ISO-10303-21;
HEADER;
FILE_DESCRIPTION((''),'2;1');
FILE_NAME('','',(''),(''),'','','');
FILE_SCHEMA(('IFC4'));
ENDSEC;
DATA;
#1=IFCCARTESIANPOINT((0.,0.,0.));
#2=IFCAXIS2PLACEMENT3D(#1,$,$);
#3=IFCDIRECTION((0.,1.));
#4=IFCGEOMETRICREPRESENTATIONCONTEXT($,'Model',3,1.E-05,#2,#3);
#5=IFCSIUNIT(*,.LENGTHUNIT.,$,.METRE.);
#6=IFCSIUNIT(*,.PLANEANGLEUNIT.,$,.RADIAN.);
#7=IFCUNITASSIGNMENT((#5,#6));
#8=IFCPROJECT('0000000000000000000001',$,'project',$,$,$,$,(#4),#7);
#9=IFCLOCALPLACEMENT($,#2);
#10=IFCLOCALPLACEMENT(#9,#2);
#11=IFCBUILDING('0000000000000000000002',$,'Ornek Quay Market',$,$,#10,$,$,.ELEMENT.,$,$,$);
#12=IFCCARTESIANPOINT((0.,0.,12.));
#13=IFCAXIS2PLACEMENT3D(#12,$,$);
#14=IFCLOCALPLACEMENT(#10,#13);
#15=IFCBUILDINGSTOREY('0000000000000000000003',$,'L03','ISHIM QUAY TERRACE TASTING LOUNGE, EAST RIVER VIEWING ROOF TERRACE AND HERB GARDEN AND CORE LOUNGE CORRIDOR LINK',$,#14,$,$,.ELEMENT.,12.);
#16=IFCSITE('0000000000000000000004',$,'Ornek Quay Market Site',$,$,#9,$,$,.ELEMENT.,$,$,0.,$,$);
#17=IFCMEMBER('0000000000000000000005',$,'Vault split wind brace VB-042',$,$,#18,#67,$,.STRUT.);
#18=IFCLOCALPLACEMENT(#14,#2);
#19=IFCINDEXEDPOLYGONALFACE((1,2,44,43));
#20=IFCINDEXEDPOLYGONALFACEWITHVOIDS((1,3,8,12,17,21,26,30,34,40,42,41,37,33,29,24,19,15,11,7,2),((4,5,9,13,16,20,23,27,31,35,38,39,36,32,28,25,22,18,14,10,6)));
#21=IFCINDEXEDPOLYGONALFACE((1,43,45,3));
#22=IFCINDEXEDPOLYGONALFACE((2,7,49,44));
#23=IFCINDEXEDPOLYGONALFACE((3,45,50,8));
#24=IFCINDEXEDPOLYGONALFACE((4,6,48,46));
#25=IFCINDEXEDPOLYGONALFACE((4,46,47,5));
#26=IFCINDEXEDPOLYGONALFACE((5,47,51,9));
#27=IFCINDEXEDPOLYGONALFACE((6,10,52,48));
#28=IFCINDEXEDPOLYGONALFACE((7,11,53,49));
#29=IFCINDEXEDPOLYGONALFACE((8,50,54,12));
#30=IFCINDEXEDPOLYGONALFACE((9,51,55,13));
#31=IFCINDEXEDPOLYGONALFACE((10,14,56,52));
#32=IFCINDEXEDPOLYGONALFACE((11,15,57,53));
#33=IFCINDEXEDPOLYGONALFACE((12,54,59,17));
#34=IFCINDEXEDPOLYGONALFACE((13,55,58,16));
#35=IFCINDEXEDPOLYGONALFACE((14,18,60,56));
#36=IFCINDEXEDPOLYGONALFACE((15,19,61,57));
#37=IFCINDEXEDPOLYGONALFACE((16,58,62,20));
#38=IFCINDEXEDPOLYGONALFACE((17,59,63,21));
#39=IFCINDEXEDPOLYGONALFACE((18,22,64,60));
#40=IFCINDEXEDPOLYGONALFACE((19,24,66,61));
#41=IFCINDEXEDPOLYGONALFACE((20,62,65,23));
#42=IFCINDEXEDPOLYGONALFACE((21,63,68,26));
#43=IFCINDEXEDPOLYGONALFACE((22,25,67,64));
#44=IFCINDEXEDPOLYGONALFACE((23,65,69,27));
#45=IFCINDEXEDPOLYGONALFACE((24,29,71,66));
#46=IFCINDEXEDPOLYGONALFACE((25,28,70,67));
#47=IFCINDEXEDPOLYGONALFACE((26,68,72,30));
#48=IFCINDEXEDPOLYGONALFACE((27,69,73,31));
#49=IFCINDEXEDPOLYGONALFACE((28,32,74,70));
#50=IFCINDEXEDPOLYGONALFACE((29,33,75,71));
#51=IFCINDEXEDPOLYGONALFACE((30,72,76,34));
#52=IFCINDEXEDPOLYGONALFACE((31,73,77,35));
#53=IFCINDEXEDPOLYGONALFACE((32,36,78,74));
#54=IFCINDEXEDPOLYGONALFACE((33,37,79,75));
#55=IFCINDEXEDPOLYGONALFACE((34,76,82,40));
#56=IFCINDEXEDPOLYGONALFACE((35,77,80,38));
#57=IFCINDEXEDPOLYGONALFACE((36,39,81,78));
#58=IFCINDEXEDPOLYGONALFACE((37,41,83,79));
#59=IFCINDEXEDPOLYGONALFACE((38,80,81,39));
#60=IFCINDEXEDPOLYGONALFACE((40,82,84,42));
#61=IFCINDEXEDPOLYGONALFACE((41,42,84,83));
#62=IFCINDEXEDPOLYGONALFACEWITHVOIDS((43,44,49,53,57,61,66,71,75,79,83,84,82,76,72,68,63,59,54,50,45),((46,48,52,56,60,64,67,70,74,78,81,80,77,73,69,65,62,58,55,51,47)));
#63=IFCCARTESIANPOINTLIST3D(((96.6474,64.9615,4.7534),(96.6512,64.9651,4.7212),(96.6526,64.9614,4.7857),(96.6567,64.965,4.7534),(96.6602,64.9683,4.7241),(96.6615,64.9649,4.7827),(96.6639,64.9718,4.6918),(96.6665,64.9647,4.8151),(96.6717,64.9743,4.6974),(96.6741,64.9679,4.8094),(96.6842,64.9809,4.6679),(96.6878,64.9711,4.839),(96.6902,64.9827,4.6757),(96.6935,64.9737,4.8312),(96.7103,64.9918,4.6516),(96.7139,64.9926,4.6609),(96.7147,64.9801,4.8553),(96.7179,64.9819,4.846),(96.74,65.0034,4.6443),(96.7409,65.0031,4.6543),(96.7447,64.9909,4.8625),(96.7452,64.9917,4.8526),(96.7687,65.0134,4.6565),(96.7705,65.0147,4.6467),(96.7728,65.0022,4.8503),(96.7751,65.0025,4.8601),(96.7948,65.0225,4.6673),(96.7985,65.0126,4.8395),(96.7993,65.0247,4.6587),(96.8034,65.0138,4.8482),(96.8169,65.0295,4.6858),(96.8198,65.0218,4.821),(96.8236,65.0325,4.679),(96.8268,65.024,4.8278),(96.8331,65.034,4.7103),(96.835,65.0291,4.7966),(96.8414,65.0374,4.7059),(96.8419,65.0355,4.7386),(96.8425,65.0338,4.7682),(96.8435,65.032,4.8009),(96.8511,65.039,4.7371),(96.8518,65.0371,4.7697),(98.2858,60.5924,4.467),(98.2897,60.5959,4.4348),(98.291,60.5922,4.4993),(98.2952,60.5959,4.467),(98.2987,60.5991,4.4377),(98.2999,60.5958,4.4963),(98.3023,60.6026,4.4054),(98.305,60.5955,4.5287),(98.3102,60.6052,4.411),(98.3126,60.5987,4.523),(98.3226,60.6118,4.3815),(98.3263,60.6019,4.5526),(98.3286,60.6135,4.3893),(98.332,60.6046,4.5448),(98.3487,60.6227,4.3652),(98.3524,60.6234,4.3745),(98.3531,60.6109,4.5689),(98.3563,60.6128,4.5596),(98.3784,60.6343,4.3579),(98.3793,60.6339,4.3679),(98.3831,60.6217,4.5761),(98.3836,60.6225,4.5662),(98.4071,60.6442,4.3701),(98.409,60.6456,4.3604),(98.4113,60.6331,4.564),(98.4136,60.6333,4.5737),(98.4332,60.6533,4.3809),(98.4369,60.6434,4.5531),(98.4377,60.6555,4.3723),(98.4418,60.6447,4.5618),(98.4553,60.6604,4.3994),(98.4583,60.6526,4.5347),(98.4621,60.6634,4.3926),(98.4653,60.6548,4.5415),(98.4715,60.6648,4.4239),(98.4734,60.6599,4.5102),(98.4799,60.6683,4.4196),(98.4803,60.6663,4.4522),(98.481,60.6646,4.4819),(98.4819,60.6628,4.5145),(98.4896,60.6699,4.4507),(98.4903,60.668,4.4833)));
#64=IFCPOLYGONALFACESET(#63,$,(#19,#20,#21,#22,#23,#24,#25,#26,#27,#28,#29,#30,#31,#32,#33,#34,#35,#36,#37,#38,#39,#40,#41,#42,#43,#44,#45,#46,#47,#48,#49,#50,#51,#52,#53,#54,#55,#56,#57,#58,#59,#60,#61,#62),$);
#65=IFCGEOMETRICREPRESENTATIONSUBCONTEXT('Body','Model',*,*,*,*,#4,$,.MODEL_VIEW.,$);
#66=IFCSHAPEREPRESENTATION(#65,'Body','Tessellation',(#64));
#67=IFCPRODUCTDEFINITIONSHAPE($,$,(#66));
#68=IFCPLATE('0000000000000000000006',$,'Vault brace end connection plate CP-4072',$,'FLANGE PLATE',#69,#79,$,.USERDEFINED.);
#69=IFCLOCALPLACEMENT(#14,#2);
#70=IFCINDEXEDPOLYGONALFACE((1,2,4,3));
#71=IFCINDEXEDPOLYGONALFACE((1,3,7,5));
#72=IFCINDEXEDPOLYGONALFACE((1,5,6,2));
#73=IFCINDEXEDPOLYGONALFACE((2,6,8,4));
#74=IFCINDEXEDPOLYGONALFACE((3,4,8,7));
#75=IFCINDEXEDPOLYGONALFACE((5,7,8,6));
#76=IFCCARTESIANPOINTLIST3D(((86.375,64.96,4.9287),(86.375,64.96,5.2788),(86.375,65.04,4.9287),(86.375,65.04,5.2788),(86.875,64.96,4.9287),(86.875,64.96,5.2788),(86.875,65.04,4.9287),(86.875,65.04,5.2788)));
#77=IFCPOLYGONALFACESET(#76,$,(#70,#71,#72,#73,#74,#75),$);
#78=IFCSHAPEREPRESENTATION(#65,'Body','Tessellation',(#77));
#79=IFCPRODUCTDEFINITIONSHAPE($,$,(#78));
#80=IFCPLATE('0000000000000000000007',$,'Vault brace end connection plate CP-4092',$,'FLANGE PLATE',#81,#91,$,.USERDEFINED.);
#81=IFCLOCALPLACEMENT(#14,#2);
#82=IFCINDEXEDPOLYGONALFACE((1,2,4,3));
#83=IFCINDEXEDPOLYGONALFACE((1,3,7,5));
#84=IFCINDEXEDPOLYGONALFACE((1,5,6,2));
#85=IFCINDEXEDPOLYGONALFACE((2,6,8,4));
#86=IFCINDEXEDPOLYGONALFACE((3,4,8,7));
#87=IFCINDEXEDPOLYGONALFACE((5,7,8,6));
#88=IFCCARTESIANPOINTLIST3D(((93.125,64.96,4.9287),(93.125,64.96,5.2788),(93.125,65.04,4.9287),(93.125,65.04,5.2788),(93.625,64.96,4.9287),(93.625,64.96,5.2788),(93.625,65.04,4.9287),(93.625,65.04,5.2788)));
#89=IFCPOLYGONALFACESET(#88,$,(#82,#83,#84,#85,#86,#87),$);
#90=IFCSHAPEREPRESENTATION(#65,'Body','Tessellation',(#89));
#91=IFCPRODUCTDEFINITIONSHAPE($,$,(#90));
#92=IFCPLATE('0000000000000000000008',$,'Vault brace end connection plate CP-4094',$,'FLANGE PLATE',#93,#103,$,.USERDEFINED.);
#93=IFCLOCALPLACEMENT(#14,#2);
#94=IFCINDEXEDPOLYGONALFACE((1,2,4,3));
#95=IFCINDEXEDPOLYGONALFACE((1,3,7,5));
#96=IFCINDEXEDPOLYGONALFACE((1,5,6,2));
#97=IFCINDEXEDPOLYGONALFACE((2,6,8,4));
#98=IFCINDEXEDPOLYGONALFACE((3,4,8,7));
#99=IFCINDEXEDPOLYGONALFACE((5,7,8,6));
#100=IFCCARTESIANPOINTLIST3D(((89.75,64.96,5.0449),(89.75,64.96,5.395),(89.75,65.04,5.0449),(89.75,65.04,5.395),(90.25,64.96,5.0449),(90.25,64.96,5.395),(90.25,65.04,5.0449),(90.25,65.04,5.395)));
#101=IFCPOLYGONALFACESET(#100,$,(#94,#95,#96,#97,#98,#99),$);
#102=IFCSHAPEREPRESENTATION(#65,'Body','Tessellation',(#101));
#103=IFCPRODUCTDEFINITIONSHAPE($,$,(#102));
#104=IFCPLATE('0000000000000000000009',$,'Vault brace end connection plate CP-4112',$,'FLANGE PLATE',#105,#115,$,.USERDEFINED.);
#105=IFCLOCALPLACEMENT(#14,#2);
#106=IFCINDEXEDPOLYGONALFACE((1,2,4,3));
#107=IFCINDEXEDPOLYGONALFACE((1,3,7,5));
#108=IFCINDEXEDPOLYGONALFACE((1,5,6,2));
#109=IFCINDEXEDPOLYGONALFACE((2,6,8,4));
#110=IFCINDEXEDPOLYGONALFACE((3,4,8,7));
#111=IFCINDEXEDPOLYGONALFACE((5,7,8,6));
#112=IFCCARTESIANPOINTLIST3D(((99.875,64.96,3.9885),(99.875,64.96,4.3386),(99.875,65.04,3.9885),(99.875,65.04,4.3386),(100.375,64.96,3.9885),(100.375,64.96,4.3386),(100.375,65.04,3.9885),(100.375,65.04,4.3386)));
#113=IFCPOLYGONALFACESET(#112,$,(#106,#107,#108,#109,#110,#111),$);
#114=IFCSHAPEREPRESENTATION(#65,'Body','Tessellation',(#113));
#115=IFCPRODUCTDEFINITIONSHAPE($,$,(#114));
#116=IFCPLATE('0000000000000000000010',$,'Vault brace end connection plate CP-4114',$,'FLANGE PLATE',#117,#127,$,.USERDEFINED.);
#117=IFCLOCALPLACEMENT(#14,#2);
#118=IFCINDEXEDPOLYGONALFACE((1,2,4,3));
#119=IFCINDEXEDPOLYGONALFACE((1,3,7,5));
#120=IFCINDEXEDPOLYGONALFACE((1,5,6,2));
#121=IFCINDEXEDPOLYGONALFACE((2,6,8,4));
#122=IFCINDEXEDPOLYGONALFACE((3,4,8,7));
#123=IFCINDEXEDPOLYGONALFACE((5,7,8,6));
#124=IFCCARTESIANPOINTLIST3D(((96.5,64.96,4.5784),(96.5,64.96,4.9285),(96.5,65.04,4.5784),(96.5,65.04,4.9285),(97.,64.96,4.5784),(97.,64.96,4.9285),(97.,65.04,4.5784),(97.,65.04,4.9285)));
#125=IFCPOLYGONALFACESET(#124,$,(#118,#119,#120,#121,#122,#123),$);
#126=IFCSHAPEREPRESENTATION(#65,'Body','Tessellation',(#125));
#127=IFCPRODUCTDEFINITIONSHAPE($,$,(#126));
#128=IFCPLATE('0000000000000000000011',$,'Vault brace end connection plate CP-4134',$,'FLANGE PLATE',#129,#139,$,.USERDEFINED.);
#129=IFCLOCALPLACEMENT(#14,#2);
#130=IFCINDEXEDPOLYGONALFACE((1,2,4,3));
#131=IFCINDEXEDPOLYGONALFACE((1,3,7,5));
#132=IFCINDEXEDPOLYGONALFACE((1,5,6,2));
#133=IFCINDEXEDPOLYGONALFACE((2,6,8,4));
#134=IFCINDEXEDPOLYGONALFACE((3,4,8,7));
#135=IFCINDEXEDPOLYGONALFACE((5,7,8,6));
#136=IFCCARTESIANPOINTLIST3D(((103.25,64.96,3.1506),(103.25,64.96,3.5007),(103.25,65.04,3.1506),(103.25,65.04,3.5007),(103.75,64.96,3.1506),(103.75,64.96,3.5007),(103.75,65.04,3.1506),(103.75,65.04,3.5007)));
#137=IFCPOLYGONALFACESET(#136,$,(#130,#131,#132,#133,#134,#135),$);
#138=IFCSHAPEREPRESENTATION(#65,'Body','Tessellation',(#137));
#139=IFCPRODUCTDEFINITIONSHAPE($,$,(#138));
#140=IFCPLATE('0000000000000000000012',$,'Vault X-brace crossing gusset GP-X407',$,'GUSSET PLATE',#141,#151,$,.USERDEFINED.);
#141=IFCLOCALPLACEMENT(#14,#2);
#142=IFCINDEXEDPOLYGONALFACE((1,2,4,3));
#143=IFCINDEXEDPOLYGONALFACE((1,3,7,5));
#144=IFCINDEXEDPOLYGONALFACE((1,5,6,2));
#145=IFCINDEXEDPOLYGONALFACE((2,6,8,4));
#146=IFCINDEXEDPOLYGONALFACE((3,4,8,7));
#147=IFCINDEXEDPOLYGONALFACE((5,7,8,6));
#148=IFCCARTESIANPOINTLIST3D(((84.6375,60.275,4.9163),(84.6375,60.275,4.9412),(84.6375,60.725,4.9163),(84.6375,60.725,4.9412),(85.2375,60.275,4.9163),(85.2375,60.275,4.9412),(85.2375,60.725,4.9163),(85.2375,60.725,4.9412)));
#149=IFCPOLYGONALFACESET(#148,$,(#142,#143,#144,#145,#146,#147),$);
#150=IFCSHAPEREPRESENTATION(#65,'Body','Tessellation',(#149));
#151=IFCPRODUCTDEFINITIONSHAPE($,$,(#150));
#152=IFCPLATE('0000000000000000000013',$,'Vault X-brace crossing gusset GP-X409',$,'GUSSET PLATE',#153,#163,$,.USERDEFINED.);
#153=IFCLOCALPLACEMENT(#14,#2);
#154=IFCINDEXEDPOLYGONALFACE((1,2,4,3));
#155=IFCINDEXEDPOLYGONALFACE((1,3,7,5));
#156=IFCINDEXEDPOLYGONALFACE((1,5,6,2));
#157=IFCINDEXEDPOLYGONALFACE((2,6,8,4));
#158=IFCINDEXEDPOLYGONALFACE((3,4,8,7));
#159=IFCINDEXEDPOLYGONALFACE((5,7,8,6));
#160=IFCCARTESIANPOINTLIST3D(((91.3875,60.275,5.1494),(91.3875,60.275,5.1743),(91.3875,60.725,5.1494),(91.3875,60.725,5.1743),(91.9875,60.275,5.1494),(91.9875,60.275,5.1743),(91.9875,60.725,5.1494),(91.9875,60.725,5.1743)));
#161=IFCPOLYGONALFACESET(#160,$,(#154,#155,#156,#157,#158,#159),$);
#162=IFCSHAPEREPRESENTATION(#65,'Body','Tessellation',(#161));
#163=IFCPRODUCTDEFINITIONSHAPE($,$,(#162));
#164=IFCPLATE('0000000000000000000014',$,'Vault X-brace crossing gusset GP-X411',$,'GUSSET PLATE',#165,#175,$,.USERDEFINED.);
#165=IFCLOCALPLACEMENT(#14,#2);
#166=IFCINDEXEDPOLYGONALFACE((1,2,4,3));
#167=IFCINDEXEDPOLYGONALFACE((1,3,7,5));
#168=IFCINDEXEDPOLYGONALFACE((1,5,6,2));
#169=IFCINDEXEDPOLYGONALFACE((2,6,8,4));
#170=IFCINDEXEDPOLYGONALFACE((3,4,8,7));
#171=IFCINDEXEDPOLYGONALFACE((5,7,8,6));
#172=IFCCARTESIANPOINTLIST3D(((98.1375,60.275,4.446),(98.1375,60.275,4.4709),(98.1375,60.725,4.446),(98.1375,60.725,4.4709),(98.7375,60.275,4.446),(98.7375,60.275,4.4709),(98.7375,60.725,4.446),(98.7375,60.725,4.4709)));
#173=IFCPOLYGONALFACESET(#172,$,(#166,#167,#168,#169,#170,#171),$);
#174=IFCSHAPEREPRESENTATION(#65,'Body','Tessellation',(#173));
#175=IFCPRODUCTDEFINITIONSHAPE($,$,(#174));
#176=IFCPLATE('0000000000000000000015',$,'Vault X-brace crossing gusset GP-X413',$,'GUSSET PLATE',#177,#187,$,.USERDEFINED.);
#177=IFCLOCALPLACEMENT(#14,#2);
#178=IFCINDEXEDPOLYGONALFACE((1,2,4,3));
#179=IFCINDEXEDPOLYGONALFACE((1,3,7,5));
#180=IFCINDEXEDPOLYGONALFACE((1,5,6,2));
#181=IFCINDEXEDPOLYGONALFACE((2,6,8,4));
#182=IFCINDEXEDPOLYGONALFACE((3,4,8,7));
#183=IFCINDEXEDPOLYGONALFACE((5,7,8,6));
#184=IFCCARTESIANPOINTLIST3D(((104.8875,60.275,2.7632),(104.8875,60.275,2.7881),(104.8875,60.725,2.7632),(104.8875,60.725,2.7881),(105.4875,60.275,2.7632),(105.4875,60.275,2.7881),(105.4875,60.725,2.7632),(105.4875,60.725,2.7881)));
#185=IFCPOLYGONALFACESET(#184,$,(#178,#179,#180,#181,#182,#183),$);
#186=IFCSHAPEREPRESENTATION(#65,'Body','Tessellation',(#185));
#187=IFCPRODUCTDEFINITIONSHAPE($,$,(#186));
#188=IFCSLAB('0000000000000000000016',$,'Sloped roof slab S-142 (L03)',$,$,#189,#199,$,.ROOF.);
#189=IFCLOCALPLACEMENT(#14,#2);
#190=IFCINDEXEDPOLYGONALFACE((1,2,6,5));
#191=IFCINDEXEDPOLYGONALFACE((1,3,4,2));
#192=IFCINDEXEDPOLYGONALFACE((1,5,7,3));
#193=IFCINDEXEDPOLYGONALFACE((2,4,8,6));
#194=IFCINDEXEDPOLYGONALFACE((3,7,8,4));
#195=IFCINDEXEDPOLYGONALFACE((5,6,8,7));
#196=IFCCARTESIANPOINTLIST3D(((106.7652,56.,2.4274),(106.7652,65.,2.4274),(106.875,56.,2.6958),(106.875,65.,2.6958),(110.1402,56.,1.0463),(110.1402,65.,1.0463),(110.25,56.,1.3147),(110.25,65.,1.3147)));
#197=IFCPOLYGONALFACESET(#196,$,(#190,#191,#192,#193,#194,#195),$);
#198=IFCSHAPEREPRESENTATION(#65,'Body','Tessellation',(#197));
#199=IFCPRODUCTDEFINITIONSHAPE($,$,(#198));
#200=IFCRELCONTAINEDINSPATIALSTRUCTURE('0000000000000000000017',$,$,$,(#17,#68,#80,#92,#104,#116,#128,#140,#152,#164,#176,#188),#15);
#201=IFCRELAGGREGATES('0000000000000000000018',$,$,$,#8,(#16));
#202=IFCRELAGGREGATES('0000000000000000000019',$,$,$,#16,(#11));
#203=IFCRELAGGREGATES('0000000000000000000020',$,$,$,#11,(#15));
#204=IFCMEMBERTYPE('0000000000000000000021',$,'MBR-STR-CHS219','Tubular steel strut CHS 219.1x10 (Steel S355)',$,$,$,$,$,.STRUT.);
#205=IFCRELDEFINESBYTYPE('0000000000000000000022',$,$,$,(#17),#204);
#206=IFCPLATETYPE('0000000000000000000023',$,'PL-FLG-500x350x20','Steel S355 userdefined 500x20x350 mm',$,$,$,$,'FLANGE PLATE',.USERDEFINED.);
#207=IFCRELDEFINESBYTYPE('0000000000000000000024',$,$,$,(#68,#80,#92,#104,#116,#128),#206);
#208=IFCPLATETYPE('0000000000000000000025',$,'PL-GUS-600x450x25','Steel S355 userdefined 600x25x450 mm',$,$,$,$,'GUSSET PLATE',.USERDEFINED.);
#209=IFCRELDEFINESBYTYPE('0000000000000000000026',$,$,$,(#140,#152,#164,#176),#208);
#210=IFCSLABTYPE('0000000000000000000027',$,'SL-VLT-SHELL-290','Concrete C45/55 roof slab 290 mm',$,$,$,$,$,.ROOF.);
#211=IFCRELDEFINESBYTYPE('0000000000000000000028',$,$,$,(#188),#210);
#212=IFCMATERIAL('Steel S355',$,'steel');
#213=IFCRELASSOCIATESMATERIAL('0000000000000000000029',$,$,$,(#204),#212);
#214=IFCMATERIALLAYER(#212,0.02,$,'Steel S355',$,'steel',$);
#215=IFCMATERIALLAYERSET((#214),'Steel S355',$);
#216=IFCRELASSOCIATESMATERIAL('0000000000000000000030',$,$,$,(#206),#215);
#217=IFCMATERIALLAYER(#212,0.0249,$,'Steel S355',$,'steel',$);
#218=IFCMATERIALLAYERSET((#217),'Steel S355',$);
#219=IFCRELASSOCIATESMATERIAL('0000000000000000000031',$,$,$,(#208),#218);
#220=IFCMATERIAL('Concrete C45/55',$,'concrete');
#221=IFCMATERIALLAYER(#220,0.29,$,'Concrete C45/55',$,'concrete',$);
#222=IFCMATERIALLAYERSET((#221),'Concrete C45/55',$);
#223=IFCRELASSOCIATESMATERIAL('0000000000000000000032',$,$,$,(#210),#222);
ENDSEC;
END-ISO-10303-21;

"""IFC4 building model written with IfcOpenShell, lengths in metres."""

from ifc_helpers import new_model, si_unit, direction, frame, origin, origin_2d, place, context, subcontext, project, spatial, polyline, rectangle, hollow_circle, outline, extrude, material, layer, layer_set, material_profile, profile_set, type_object, element, save


model = new_model("IFC4")

# Units and contexts
model_context = context("Model", 3, precision=1e-05, world=origin(), true_north=direction((0.0, 1.0)))
body_context = subcontext(model_context, "Body", "Model", "MODEL_VIEW")
ifc_project = project(units=[si_unit("LENGTHUNIT", "METRE"), si_unit("PLANEANGLEUNIT", "RADIAN")], contexts=[model_context])

# Site, building, storey
site_placement = place(None, origin())
site = spatial("IfcSite", under=ifc_project, at=site_placement, Name="Ornek Quay Market Site", CompositionType="ELEMENT", RefElevation=0.0)
building_placement = place(site_placement, origin())
building = spatial("IfcBuilding", under=site, at=building_placement, Name="Ornek Quay Market", CompositionType="ELEMENT")
storey_placement = place(building_placement, frame((0.0, 0.0, 12.0)))
storey = spatial("IfcBuildingStorey", under=building, at=storey_placement, Name="L03", Description="ISHIM QUAY TERRACE TASTING LOUNGE, EAST RIVER VIEWING ROOF TERRACE AND HERB GARDEN AND CORE LOUNGE CORRIDOR LINK", CompositionType="ELEMENT", Elevation=12.0)

# Shared definitions
ifc_material_1 = material(Name="Concrete C45/55", Category="concrete")
ifc_material_2 = material(Name="Steel S355", Category="steel")

# Member
ifc_material_profile_1 = material_profile(ifc_material_2, hollow_circle(Radius=0.1096, WallThickness=0.01, at=origin_2d()), Name="CHS 219.1x10", Category="steel")
ifc_profile_set_1 = profile_set([ifc_material_profile_1], Name="Steel S355")
member_type_1 = type_object("IfcMemberType", Name="MBR-STR-CHS219", Description="Tubular steel strut CHS 219.1x10 (Steel S355)", PredefinedType="STRUT", material=ifc_profile_set_1)
member_1_placement = place(storey_placement, frame((98.3884, 60.6309, 4.467), z_axis=(-0.350464, 0.934571, 0.061257), x_axis=(-0.936329, -0.351123, 0.0)))
element("IfcMember", 1, at=member_1_placement, inside=storey, type_object=member_type_1, Name="Vault split wind brace VB-042", PredefinedType="STRUT", context=body_context, shape_type="SweptSolid", body=[
    extrude(hollow_circle(Radius=0.1096, WallThickness=0.01, at=origin_2d()), origin(), (0.0, 0.0, 1.0), 4.675),
])

# Plates
ifc_layer_1 = layer(ifc_material_2, 0.02, Name="Steel S355", Category="steel")
ifc_layer_set_1 = layer_set([ifc_layer_1], Name="Steel S355")
plate_type_1 = type_object("IfcPlateType", Name="PL-FLG-500x350x20", Description="Steel S355 userdefined 500x20x350 mm", ElementType="FLANGE PLATE", PredefinedType="USERDEFINED", material=ifc_layer_set_1)
for number, where, z_axis, x_axis, name in (
    (2, (86.625, 65.0, 4.9287), (0.0, 0.0, 1.0), (1.0, 0.0, 0.0), "Vault brace end connection plate CP-4072"),
    (3, (93.375, 65.0, 4.9287), (0.0, 0.0, 1.0), (1.0, 0.0, 0.0), "Vault brace end connection plate CP-4092"),
    (4, (90.0, 65.0, 5.0449), (0.0, 0.0, 1.0), (1.0, 0.0, 0.0), "Vault brace end connection plate CP-4094"),
    (5, (100.125, 65.0, 3.9885), (0.0, 0.0, 1.0), (1.0, 0.0, 0.0), "Vault brace end connection plate CP-4112"),
    (6, (96.75, 65.0, 4.5784), (0.0, 0.0, 1.0), (1.0, 0.0, 0.0), "Vault brace end connection plate CP-4114"),
    (7, (103.5, 65.0, 3.1506), (0.0, 0.0, 1.0), (1.0, 0.0, 0.0), "Vault brace end connection plate CP-4134"),
):
    element("IfcPlate", number, at=place(storey_placement, frame(where, z_axis=z_axis, x_axis=x_axis)), inside=storey, type_object=plate_type_1, Name=name, ObjectType="FLANGE PLATE", PredefinedType="USERDEFINED", context=body_context, shape_type="SweptSolid", body=[
        extrude(rectangle(XDim=0.5, YDim=0.0801, at=origin_2d()), origin(), (0.0, 0.0, 1.0), 0.3501),
    ])
ifc_layer_2 = layer(ifc_material_2, 0.0249, Name="Steel S355", Category="steel")
ifc_layer_set_2 = layer_set([ifc_layer_2], Name="Steel S355")
plate_type_2 = type_object("IfcPlateType", Name="PL-GUS-600x450x25", Description="Steel S355 userdefined 600x25x450 mm", ElementType="GUSSET PLATE", PredefinedType="USERDEFINED", material=ifc_layer_set_2)
for number, where, z_axis, x_axis, name in (
    (8, (84.9375, 60.5, 4.9163), (0.0, 0.0, 1.0), (1.0, 0.0, 0.0), "Vault X-brace crossing gusset GP-X407"),
    (9, (91.6875, 60.5, 5.1494), (0.0, 0.0, 1.0), (1.0, 0.0, 0.0), "Vault X-brace crossing gusset GP-X409"),
    (10, (98.4375, 60.5, 4.446), (0.0, 0.0, 1.0), (1.0, 0.0, 0.0), "Vault X-brace crossing gusset GP-X411"),
    (11, (105.1875, 60.5, 2.7632), (0.0, 0.0, 1.0), (1.0, 0.0, 0.0), "Vault X-brace crossing gusset GP-X413"),
):
    element("IfcPlate", number, at=place(storey_placement, frame(where, z_axis=z_axis, x_axis=x_axis)), inside=storey, type_object=plate_type_2, Name=name, ObjectType="GUSSET PLATE", PredefinedType="USERDEFINED", context=body_context, shape_type="SweptSolid", body=[
        extrude(rectangle(XDim=0.6001, YDim=0.45, at=origin_2d()), origin(), (0.0, 0.0, 1.0), 0.0249),
    ])

# Slab
ifc_layer_3 = layer(ifc_material_1, 0.29, Name="Concrete C45/55", Category="concrete")
ifc_layer_set_3 = layer_set([ifc_layer_3], Name="Concrete C45/55")
slab_type = type_object("IfcSlabType", Name="SL-VLT-SHELL-290", Description="Concrete C45/55 roof slab 290 mm", PredefinedType="ROOF", material=ifc_layer_set_3)
slab_placement = place(storey_placement, frame((106.875, 56.0, 2.6958), z_axis=(0.378732, 0.0, 0.925506), x_axis=(0.925506, 0.0, -0.378732)))
element("IfcSlab", 12, at=slab_placement, inside=storey, type_object=slab_type, Name="Sloped roof slab S-142 (L03)", PredefinedType="ROOF", context=body_context, shape_type="SweptSolid", body=[
    extrude(outline(polyline([(0.0, 0.0), (3.6467, 0.0), (3.6467, 9.0), (0.0, 9.0), (0.0, 0.0)])), origin(), (0.0, 0.0, -1.0), 0.29),
])

save(model, "model.ifc")
